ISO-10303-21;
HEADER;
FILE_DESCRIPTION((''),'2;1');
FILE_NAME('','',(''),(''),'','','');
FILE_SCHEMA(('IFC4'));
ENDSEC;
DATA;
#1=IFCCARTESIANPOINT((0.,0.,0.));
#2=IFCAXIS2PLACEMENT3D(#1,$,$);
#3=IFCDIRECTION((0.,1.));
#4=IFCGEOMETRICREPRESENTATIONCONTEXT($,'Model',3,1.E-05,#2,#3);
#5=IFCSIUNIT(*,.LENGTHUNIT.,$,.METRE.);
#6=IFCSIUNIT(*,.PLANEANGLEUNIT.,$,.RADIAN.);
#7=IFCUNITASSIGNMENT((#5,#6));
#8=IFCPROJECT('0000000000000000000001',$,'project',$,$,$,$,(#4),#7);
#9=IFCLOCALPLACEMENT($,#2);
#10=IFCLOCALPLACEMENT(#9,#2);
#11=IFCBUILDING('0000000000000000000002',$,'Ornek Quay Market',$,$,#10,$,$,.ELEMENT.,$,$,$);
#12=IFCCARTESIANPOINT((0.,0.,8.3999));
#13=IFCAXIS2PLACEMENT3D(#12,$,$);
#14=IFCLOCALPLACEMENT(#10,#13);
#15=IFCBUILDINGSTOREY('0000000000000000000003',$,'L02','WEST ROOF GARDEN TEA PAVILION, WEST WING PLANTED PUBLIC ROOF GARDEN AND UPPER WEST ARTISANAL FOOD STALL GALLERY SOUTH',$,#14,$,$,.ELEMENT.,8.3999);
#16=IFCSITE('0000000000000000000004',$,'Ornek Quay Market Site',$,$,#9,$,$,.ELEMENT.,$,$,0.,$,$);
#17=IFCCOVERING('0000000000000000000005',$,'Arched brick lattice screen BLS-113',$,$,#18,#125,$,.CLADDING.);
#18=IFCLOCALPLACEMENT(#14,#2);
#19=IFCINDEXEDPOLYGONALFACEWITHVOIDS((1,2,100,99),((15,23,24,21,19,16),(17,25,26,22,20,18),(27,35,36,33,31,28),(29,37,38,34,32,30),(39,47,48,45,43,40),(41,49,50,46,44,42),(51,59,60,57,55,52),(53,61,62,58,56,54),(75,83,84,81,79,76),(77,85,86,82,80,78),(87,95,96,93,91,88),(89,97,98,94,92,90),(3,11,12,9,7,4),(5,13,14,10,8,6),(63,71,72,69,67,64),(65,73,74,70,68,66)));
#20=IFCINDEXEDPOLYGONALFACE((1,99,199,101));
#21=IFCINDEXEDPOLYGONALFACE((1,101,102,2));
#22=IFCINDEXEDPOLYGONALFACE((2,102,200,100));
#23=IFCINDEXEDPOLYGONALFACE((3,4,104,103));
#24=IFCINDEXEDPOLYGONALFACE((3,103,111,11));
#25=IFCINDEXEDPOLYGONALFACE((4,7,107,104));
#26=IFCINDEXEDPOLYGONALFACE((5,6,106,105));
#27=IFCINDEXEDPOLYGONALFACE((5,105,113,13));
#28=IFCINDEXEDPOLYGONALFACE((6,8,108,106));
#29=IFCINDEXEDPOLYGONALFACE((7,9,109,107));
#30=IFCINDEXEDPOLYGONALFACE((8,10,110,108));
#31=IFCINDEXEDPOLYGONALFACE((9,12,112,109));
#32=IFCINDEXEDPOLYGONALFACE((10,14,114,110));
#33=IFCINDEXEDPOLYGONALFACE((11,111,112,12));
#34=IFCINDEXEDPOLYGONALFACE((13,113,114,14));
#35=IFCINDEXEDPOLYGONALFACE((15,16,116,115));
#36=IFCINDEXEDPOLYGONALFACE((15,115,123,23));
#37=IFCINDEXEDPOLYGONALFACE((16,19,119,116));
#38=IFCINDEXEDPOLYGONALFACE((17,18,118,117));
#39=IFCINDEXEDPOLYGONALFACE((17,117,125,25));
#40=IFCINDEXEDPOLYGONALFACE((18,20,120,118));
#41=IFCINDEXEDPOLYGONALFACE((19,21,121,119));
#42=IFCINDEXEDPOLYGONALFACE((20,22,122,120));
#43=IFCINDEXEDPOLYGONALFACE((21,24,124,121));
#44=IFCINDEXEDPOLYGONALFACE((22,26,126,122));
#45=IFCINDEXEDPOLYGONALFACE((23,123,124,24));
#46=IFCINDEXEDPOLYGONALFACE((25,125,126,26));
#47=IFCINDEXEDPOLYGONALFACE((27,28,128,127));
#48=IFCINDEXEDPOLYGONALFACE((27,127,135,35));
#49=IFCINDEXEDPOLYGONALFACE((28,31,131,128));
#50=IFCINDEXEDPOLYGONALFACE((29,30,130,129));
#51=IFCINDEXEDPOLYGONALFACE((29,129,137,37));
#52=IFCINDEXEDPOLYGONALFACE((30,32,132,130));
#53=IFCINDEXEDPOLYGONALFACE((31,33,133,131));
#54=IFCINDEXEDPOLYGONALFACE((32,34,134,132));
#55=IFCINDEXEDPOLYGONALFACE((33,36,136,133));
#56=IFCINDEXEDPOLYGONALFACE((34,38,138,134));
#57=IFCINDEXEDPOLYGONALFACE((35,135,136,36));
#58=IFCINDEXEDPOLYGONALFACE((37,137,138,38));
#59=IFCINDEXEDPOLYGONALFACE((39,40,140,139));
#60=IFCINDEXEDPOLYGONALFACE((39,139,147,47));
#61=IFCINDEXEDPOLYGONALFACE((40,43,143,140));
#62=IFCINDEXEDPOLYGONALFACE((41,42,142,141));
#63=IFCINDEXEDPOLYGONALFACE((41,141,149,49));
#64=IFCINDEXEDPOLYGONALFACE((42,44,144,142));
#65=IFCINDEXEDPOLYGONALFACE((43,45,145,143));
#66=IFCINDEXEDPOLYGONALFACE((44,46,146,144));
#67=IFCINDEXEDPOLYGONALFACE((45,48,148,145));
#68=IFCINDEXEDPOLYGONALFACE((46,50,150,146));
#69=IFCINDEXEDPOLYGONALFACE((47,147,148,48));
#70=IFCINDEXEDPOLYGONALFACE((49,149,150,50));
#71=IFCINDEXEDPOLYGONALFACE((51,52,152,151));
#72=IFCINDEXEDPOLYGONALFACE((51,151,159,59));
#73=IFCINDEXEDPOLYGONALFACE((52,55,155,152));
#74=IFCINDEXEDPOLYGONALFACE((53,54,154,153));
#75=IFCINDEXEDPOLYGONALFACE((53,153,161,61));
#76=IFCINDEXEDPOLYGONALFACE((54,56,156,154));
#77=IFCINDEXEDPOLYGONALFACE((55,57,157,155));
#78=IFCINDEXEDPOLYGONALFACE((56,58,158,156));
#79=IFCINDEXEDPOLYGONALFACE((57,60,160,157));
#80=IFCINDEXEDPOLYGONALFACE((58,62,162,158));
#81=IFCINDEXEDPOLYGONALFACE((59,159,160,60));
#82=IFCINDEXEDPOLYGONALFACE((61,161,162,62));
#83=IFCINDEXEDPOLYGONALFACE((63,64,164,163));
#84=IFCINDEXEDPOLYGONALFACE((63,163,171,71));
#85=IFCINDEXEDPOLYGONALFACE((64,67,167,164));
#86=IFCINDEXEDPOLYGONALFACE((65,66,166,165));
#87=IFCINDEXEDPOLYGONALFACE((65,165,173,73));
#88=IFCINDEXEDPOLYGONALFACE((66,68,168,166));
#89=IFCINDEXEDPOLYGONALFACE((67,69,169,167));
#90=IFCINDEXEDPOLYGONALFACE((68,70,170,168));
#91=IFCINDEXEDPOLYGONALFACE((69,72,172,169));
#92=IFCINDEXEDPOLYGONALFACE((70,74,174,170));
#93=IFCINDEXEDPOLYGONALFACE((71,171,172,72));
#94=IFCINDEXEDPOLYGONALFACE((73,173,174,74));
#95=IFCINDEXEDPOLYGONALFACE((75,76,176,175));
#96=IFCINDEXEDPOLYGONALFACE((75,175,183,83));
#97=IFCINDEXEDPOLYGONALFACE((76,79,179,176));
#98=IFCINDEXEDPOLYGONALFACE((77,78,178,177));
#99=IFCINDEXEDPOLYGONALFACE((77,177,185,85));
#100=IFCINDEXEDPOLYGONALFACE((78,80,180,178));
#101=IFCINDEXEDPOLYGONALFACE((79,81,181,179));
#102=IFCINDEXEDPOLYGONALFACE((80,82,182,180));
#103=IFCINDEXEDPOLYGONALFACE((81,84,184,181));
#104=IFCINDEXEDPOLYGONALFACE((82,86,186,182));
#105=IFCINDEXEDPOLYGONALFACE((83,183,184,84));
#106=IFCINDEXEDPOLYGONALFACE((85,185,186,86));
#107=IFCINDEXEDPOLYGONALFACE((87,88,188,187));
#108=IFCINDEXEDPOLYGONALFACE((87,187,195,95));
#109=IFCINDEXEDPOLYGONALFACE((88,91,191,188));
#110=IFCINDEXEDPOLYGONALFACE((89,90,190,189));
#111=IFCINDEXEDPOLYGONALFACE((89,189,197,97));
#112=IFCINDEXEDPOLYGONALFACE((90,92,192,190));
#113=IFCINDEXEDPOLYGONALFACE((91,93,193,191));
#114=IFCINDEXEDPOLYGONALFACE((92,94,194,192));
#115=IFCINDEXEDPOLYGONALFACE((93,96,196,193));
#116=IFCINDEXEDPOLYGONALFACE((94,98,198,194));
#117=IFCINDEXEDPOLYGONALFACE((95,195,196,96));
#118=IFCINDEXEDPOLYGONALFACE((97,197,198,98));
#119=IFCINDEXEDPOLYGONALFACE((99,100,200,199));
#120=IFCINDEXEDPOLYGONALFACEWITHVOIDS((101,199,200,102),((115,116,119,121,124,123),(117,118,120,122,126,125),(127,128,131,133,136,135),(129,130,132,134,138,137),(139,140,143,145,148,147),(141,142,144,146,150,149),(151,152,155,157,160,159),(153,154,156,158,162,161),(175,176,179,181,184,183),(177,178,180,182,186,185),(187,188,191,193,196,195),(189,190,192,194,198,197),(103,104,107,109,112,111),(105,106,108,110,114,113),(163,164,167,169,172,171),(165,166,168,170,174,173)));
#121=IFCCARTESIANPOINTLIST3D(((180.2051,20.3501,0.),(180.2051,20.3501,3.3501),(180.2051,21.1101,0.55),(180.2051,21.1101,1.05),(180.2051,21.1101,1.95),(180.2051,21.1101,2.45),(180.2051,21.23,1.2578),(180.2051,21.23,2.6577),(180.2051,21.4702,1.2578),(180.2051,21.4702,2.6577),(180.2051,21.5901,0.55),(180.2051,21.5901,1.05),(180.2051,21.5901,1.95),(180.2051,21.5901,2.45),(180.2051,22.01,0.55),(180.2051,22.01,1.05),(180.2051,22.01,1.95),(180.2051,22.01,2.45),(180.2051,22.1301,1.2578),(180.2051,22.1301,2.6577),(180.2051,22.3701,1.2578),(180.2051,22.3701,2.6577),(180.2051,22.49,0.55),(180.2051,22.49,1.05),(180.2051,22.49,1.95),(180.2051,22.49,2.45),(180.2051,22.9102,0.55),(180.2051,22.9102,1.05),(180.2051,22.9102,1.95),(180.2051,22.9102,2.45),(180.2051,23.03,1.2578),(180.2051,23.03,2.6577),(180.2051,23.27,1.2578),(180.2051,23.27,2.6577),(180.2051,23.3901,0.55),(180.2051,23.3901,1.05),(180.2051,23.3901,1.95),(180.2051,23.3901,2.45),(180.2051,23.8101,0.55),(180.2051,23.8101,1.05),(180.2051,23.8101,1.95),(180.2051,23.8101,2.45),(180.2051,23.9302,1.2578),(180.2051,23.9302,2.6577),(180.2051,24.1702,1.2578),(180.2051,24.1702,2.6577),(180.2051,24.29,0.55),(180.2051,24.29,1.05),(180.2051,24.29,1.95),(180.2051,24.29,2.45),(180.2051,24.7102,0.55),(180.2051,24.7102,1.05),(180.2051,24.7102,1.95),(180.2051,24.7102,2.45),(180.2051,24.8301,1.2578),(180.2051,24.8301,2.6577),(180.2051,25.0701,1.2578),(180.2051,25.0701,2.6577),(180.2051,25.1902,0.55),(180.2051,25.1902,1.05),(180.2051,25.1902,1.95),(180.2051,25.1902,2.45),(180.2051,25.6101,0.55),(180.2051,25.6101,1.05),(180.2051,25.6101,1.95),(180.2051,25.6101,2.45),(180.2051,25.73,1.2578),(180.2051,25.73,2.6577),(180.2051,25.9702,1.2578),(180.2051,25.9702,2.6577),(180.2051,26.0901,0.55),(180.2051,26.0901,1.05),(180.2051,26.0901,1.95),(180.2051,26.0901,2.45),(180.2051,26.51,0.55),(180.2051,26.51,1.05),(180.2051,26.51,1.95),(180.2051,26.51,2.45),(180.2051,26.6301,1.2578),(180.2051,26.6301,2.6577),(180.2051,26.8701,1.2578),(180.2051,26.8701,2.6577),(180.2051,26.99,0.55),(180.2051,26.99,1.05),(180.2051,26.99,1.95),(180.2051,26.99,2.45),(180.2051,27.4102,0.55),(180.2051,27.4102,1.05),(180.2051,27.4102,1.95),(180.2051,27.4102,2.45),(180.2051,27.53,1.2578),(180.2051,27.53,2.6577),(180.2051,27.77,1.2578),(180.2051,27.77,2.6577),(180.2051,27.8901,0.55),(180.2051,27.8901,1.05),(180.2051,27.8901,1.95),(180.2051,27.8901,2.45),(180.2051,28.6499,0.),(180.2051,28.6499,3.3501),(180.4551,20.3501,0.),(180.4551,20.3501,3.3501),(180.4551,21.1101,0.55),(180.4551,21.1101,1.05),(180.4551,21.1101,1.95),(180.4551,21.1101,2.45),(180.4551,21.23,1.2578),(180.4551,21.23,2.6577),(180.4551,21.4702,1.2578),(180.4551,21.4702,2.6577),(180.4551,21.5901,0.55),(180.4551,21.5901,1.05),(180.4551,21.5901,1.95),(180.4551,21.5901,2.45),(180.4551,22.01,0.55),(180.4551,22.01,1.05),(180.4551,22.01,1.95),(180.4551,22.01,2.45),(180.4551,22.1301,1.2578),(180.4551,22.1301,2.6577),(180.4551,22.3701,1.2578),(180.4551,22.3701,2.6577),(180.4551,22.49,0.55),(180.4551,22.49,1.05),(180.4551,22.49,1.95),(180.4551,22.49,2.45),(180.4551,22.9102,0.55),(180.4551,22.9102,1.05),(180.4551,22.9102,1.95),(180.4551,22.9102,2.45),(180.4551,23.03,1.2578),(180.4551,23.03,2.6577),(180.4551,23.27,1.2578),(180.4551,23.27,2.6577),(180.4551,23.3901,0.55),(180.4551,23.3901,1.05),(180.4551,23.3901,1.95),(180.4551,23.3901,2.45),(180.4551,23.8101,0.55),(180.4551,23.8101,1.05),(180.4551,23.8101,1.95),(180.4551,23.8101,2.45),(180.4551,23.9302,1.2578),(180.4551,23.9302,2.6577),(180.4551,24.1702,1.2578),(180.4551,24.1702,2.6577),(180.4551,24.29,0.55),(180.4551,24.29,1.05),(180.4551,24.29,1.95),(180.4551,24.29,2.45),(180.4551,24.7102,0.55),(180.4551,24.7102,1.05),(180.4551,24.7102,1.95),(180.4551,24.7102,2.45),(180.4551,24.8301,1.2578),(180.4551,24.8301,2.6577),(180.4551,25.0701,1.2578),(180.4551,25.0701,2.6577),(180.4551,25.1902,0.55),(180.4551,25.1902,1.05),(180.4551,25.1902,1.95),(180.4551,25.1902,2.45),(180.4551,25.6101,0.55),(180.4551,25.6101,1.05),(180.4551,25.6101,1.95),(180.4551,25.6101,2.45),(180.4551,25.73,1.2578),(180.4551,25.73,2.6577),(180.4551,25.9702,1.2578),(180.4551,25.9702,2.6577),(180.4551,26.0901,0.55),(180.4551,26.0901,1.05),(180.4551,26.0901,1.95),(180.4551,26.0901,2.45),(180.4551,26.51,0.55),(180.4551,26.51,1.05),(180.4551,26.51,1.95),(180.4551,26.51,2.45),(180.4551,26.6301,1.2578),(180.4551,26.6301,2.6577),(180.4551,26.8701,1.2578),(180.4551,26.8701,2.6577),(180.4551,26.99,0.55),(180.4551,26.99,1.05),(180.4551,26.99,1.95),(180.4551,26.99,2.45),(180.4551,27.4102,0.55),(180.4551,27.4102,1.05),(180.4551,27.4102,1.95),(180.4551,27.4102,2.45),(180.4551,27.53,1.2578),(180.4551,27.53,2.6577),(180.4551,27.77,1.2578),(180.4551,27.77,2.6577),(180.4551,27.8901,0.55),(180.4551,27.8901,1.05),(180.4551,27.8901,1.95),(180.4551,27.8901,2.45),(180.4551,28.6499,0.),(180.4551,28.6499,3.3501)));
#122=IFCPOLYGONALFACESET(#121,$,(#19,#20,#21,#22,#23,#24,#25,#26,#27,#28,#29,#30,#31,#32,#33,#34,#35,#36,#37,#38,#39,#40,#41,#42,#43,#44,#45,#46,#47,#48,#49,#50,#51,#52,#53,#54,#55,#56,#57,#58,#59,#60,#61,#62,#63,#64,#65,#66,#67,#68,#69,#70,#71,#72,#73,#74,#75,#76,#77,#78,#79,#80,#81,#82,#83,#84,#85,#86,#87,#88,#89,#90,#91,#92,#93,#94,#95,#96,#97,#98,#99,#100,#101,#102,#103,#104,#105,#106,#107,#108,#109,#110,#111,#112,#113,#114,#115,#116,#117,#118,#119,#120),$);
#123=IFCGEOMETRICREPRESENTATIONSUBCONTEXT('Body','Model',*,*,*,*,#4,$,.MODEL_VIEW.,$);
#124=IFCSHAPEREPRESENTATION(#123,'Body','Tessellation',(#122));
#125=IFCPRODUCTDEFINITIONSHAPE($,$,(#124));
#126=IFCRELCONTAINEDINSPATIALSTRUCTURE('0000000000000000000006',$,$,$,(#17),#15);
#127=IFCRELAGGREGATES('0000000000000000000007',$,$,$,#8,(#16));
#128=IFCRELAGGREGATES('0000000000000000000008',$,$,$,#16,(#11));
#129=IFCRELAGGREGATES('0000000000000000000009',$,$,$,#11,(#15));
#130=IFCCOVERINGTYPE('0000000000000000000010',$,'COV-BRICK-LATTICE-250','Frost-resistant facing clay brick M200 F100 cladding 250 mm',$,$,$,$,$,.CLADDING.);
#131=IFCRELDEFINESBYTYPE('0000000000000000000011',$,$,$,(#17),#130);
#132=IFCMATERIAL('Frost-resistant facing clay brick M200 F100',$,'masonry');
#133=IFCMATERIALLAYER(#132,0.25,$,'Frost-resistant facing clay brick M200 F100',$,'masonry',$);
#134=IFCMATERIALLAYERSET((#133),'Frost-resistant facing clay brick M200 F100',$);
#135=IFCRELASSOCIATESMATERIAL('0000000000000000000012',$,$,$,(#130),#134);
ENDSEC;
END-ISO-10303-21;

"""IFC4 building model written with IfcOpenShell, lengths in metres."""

from ifc_helpers import new_model, si_unit, direction, frame, origin, place, context, subcontext, project, spatial, polyline, outline, extrude, material, layer, layer_set, type_object, element, save


model = new_model("IFC4")

# Units and contexts
model_context = context("Model", 3, precision=1e-05, world=origin(), true_north=direction((0.0, 1.0)))
body_context = subcontext(model_context, "Body", "Model", "MODEL_VIEW")
ifc_project = project(units=[si_unit("LENGTHUNIT", "METRE"), si_unit("PLANEANGLEUNIT", "RADIAN")], contexts=[model_context])

# Site, building, storey
site_placement = place(None, origin())
site = spatial("IfcSite", under=ifc_project, at=site_placement, Name="Ornek Quay Market Site", CompositionType="ELEMENT", RefElevation=0.0)
building_placement = place(site_placement, origin())
building = spatial("IfcBuilding", under=site, at=building_placement, Name="Ornek Quay Market", CompositionType="ELEMENT")
storey_placement = place(building_placement, frame((0.0, 0.0, 8.3999)))
storey = spatial("IfcBuildingStorey", under=building, at=storey_placement, Name="L02", Description="WEST ROOF GARDEN TEA PAVILION, WEST WING PLANTED PUBLIC ROOF GARDEN AND UPPER WEST ARTISANAL FOOD STALL GALLERY SOUTH", CompositionType="ELEMENT", Elevation=8.3999)

# Shared definitions
ifc_material_1 = material(Name="Frost-resistant facing clay brick M200 F100", Category="masonry")

# Covering
ifc_layer_1 = layer(ifc_material_1, 0.25, Name="Frost-resistant facing clay brick M200 F100", Category="masonry")
ifc_layer_set_1 = layer_set([ifc_layer_1], Name="Frost-resistant facing clay brick M200 F100")
covering_type = type_object("IfcCoveringType", Name="COV-BRICK-LATTICE-250", Description="Frost-resistant facing clay brick M200 F100 cladding 250 mm", PredefinedType="CLADDING", material=ifc_layer_set_1)
covering_1_placement = place(storey_placement, frame((180.3301, 20.3501, 0.0), z_axis=(0.0, 0.0, 1.0), x_axis=(0.0, 1.0, 0.0)))
element("IfcCovering", 1, at=covering_1_placement, inside=storey, type_object=covering_type, Name="Arched brick lattice screen BLS-113", PredefinedType="CLADDING", context=body_context, shape_type="SweptSolid", body=[
    extrude(outline(polyline([(0.0, 0.0), (8.2998, 0.0), (8.2998, 3.3501), (0.0, 3.3501), (0.0, 0.0)]), holes=[polyline([(0.76, 0.55), (1.24, 0.55), (1.24, 1.05), (1.1201, 1.2578), (0.8799, 1.2578), (0.76, 1.05), (0.76, 0.55)]), polyline([(0.76, 1.95), (1.24, 1.95), (1.24, 2.45), (1.1201, 2.6577), (0.8799, 2.6577), (0.76, 2.45), (0.76, 1.95)]), polyline([(1.6599, 0.55), (2.1399, 0.55), (2.1399, 1.05), (2.02, 1.2578), (1.78, 1.2578), (1.6599, 1.05), (1.6599, 0.55)]), polyline([(1.6599, 1.95), (2.1399, 1.95), (2.1399, 2.45), (2.02, 2.6577), (1.78, 2.6577), (1.6599, 2.45), (1.6599, 1.95)]), polyline([(2.5601, 0.55), (3.04, 0.55), (3.04, 1.05), (2.9199, 1.2578), (2.6799, 1.2578), (2.5601, 1.05), (2.5601, 0.55)]), polyline([(2.5601, 1.95), (3.04, 1.95), (3.04, 2.45), (2.9199, 2.6577), (2.6799, 2.6577), (2.5601, 2.45), (2.5601, 1.95)]), polyline([(3.46, 0.55), (3.9399, 0.55), (3.9399, 1.05), (3.8201, 1.2578), (3.5801, 1.2578), (3.46, 1.05), (3.46, 0.55)]), polyline([(3.46, 1.95), (3.9399, 1.95), (3.9399, 2.45), (3.8201, 2.6577), (3.5801, 2.6577), (3.46, 2.45), (3.46, 1.95)]), polyline([(4.3601, 0.55), (4.8401, 0.55), (4.8401, 1.05), (4.72, 1.2578), (4.48, 1.2578), (4.3601, 1.05), (4.3601, 0.55)]), polyline([(4.3601, 1.95), (4.8401, 1.95), (4.8401, 2.45), (4.72, 2.6577), (4.48, 2.6577), (4.3601, 2.45), (4.3601, 1.95)]), polyline([(5.26, 0.55), (5.74, 0.55), (5.74, 1.05), (5.6201, 1.2578), (5.3799, 1.2578), (5.26, 1.05), (5.26, 0.55)]), polyline([(5.26, 1.95), (5.74, 1.95), (5.74, 2.45), (5.6201, 2.6577), (5.3799, 2.6577), (5.26, 2.45), (5.26, 1.95)]), polyline([(6.1599, 0.55), (6.6399, 0.55), (6.6399, 1.05), (6.52, 1.2578), (6.28, 1.2578), (6.1599, 1.05), (6.1599, 0.55)]), polyline([(6.1599, 1.95), (6.6399, 1.95), (6.6399, 2.45), (6.52, 2.6577), (6.28, 2.6577), (6.1599, 2.45), (6.1599, 1.95)]), polyline([(7.0601, 0.55), (7.54, 0.55), (7.54, 1.05), (7.4199, 1.2578), (7.1799, 1.2578), (7.0601, 1.05), (7.0601, 0.55)]), polyline([(7.0601, 1.95), (7.54, 1.95), (7.54, 2.45), (7.4199, 2.6577), (7.1799, 2.6577), (7.0601, 2.45), (7.0601, 1.95)])]), frame((0.0, 0.125, 0.0), z_axis=(0.0, -1.0, 0.0), x_axis=(1.0, 0.0, 0.0)), (0.0, 0.0, 1.0), 0.25),
])

save(model, "model.ifc")
